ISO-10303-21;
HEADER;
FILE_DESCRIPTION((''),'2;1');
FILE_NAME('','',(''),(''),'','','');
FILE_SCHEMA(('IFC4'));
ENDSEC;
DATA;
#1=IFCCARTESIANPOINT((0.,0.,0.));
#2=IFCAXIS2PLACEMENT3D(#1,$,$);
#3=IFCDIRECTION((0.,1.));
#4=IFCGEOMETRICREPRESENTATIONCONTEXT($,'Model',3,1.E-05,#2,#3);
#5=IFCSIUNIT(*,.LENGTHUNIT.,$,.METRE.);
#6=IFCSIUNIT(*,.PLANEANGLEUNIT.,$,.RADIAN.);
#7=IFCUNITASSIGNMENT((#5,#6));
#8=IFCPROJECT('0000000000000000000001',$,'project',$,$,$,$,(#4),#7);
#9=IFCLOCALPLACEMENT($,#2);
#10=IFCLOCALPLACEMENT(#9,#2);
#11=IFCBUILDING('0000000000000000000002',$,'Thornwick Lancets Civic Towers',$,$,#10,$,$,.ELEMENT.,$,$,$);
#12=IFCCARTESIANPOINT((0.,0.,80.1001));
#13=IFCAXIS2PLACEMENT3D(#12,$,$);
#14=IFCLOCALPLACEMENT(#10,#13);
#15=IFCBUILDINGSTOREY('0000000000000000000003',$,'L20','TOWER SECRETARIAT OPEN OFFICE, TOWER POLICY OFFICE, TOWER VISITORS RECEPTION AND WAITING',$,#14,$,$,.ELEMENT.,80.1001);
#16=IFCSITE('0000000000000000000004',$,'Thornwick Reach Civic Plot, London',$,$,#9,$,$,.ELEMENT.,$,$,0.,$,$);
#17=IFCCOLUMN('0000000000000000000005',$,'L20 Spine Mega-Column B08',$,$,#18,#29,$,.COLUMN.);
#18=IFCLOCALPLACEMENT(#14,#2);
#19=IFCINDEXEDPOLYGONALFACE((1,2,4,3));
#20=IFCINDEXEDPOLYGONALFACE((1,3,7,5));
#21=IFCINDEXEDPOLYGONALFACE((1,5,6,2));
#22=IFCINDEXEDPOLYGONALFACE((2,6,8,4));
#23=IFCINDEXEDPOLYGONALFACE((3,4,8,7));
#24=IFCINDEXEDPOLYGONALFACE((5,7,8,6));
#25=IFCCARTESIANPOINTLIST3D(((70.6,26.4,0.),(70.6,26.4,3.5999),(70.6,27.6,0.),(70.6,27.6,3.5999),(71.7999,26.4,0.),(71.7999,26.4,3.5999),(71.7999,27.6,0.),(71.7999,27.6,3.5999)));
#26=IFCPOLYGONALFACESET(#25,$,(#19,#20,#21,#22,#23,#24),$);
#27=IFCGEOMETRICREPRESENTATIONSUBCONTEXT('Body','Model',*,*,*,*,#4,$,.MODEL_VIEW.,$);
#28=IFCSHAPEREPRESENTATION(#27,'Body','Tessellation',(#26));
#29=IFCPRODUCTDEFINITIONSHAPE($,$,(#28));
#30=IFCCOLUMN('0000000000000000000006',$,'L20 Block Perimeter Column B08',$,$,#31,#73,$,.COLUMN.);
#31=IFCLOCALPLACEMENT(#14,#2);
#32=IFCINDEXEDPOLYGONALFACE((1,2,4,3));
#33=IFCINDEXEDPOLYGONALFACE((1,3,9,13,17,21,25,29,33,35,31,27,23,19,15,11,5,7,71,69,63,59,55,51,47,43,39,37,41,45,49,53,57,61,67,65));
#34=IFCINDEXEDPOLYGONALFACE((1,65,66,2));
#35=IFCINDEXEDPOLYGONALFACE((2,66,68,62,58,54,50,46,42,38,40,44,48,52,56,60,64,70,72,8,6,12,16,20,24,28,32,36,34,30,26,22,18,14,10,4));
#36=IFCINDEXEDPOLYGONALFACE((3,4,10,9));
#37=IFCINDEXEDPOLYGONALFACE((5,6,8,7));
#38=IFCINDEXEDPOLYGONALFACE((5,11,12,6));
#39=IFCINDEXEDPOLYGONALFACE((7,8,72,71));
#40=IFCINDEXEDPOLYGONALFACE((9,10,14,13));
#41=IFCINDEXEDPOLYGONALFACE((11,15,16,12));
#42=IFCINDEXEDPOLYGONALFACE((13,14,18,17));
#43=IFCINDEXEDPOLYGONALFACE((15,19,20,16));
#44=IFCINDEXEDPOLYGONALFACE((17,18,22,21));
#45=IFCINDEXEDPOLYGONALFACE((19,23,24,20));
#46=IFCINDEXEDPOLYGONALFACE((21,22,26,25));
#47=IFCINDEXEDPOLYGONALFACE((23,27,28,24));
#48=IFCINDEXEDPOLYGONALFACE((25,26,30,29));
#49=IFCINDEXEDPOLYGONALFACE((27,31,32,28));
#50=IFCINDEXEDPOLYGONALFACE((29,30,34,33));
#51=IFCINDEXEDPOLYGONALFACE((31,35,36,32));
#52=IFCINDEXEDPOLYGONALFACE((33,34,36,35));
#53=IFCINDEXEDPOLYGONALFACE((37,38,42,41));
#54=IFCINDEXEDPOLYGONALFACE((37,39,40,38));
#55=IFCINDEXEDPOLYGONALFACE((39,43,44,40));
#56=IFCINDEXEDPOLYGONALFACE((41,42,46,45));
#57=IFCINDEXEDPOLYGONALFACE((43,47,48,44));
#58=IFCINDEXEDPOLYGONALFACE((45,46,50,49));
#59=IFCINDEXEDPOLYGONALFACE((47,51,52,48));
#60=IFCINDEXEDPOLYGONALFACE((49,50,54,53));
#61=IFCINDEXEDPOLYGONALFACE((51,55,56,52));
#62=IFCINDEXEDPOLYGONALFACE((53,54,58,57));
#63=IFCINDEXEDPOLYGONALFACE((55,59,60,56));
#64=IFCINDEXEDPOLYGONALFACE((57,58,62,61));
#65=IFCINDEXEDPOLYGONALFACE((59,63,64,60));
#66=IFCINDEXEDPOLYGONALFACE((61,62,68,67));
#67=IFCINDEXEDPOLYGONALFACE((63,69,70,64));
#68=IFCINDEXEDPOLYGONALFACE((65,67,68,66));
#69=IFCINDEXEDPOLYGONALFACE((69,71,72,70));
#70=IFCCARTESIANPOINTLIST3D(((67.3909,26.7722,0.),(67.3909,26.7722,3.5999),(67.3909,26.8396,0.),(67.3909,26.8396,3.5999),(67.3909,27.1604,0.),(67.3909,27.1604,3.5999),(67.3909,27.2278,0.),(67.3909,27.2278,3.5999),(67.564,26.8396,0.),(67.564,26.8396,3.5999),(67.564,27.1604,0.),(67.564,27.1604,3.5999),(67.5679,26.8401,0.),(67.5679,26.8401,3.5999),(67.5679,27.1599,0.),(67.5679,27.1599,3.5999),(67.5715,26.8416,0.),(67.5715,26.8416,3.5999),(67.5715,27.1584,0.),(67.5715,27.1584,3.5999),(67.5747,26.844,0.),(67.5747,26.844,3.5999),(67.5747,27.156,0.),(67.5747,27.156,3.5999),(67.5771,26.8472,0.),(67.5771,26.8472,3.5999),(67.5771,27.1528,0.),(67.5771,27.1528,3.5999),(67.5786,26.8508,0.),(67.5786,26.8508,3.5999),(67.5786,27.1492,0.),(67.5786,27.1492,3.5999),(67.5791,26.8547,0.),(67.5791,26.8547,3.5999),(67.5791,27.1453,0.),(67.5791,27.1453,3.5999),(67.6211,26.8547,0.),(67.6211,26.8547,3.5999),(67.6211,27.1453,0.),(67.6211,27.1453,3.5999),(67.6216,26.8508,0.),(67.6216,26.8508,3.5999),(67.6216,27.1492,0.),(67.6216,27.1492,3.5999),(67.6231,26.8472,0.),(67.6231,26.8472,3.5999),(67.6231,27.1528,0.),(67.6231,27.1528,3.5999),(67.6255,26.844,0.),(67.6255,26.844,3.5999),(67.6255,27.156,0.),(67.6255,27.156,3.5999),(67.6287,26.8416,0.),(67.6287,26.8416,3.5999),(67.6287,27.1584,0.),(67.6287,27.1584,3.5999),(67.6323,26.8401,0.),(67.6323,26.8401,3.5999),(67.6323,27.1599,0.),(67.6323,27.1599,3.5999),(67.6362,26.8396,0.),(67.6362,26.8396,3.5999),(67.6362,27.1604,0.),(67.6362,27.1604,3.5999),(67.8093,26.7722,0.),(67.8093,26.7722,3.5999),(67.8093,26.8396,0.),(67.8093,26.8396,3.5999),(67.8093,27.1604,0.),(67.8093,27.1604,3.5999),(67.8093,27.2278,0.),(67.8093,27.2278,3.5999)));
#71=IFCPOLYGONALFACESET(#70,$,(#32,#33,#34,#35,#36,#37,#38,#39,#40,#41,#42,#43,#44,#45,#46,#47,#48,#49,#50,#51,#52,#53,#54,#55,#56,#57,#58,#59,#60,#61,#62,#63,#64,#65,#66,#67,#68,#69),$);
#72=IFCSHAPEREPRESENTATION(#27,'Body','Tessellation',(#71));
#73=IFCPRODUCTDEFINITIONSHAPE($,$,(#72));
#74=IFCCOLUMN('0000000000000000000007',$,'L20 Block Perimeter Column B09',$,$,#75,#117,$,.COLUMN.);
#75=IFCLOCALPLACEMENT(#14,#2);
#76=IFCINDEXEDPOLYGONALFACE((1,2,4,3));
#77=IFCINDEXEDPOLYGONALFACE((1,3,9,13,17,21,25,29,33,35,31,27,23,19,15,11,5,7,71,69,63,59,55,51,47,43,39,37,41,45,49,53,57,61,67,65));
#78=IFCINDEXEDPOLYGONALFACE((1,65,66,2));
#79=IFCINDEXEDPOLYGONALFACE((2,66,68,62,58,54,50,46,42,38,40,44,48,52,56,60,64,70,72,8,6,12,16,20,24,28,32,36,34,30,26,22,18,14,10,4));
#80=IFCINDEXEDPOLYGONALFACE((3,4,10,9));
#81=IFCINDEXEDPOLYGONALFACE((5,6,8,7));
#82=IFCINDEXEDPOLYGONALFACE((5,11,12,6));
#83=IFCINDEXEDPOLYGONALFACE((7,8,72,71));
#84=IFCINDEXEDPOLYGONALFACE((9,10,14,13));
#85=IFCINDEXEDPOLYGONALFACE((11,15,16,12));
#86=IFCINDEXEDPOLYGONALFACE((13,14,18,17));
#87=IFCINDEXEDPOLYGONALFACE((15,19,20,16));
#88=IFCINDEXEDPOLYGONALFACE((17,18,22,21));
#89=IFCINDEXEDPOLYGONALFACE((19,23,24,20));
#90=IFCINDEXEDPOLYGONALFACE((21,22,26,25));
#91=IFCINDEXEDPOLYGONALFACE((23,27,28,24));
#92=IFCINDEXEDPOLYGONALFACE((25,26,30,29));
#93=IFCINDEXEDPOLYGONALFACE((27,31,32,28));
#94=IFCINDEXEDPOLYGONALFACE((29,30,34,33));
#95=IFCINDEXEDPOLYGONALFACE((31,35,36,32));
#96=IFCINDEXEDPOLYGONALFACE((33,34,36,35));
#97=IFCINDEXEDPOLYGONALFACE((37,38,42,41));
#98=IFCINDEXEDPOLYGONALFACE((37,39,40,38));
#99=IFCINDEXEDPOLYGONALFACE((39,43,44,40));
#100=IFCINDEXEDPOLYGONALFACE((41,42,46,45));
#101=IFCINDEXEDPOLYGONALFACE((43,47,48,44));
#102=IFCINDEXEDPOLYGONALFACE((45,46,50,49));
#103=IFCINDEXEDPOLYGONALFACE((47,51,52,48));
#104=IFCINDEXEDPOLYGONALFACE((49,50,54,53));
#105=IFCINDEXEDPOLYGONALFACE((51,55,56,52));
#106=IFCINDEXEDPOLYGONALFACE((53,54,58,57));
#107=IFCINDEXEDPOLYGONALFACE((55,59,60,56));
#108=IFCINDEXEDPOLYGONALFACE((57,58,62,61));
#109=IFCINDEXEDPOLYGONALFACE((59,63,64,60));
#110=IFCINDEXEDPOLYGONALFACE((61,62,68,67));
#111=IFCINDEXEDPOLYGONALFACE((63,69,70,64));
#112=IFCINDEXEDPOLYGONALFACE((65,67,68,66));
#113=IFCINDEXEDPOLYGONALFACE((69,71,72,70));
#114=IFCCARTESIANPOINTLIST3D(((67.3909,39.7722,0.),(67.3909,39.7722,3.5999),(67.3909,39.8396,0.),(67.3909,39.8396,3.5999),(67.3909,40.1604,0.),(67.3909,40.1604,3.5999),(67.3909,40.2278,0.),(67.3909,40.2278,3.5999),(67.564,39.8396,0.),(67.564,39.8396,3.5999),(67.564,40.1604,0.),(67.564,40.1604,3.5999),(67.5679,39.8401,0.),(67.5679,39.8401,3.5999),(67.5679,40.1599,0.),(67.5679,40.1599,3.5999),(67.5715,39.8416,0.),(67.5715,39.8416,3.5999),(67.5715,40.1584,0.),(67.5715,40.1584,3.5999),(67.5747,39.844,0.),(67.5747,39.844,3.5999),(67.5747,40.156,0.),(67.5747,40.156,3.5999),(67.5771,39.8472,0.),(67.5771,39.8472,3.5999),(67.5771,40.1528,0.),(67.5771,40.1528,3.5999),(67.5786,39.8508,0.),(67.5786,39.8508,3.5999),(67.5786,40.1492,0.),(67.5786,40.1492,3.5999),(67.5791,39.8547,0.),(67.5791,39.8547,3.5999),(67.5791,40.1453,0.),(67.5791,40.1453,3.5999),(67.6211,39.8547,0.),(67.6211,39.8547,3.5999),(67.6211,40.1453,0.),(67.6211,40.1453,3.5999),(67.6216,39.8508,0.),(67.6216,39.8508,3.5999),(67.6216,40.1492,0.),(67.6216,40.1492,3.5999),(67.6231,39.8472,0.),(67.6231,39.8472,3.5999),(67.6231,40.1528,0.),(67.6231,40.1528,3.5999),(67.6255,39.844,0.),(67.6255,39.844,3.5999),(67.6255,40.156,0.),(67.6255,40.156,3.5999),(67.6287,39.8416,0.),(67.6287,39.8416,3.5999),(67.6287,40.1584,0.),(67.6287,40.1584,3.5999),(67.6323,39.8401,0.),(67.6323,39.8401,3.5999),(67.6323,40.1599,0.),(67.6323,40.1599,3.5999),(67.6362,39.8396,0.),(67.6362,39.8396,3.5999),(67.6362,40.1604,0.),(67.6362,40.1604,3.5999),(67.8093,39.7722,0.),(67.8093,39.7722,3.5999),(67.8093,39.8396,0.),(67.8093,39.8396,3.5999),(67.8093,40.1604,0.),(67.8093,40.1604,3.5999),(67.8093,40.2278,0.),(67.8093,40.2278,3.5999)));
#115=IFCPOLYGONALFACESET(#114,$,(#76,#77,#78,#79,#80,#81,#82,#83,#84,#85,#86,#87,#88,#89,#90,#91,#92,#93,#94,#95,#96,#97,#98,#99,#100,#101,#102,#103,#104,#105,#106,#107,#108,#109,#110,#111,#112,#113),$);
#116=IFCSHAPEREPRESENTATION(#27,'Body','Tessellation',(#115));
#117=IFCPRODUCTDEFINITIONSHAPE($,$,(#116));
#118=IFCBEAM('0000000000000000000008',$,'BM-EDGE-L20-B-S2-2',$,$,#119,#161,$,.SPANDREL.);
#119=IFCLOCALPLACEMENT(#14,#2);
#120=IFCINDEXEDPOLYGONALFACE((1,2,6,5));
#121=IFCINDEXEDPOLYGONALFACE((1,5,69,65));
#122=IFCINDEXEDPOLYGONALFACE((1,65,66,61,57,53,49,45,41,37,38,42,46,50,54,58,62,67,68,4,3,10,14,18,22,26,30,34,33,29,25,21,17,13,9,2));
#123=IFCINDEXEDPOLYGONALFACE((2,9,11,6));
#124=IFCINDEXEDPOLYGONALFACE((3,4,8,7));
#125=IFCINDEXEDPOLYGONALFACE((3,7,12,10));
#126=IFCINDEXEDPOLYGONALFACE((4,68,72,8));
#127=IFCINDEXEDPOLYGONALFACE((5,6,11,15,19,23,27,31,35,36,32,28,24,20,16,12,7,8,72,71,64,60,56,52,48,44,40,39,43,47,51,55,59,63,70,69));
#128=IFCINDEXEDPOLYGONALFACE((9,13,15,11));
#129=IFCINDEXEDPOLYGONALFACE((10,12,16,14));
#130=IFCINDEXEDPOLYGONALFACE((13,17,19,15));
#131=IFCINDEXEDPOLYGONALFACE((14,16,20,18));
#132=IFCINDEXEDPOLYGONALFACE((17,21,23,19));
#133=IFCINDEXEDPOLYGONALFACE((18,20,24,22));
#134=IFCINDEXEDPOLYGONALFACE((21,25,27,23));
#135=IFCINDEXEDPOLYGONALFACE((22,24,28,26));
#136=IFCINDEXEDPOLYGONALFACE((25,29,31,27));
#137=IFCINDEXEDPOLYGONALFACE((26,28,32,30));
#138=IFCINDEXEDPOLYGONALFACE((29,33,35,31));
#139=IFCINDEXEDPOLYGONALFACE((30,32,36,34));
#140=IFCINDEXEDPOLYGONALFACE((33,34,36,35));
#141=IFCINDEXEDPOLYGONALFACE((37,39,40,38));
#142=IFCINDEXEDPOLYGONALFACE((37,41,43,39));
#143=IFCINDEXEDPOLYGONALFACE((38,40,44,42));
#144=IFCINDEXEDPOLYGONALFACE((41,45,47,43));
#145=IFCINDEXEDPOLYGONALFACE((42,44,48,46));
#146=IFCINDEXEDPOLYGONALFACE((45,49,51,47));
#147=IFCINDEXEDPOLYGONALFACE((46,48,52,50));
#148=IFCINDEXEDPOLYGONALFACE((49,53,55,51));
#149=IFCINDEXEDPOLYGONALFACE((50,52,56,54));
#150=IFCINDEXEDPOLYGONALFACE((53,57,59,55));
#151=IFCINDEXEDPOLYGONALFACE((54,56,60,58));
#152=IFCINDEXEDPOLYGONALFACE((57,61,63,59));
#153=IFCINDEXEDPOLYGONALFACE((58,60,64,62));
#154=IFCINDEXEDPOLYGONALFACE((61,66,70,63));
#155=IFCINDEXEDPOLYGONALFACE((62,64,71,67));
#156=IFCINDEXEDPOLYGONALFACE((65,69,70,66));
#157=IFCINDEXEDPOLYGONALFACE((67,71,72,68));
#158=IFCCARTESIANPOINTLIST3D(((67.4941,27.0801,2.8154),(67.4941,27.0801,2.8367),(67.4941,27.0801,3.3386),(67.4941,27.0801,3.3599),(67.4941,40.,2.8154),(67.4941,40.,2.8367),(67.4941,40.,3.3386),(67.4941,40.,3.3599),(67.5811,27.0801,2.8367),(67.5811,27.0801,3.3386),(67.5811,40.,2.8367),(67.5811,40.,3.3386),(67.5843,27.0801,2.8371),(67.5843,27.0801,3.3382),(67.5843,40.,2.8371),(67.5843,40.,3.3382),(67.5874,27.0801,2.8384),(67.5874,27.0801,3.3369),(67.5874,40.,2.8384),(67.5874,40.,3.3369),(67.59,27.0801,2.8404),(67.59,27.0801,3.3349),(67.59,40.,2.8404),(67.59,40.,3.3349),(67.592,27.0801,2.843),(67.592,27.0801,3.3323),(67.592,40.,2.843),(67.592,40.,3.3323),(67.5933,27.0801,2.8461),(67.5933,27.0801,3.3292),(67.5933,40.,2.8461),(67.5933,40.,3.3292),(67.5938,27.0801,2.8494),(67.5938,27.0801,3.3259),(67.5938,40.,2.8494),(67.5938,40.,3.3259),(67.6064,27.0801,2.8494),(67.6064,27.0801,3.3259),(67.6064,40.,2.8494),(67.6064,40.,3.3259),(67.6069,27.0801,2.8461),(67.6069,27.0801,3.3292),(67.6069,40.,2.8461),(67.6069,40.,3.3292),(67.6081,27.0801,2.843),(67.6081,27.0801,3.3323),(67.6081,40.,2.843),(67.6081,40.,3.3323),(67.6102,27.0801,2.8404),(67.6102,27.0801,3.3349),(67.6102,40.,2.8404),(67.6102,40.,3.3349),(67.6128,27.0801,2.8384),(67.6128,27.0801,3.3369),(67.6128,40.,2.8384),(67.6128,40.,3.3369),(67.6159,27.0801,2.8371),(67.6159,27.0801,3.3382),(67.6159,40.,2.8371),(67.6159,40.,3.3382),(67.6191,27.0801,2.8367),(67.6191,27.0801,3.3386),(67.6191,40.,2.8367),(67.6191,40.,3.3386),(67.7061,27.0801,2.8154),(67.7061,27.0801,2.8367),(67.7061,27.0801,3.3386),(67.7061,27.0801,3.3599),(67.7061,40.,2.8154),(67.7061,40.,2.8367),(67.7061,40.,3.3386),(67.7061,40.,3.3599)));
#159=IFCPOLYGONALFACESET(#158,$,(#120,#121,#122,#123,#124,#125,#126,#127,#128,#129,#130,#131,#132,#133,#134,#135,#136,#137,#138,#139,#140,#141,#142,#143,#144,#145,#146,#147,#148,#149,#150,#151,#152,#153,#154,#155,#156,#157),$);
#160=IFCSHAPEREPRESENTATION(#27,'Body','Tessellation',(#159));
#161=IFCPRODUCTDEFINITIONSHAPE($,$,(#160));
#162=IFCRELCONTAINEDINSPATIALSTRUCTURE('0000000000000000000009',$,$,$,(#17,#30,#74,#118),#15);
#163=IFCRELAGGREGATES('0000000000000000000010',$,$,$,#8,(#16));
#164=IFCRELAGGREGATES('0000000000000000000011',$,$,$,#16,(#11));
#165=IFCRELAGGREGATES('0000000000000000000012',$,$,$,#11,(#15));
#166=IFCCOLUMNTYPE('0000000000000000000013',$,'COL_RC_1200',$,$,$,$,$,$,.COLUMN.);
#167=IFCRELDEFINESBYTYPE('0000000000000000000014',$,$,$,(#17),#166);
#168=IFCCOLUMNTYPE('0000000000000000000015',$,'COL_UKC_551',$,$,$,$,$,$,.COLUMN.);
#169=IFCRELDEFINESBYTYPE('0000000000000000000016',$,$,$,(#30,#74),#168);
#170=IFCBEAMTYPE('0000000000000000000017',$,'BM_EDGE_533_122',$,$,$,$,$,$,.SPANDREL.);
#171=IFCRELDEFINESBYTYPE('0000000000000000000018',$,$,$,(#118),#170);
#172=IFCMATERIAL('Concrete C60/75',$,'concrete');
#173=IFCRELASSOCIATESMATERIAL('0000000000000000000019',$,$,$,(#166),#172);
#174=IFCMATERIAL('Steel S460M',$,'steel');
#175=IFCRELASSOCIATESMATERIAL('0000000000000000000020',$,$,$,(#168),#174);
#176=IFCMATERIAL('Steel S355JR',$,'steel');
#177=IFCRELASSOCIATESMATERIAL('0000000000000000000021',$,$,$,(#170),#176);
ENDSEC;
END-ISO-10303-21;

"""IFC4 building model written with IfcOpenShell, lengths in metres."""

from ifc_helpers import new_model, si_unit, direction, frame, origin, origin_2d, place, context, subcontext, project, spatial, rectangle, i_section, extrude, material, material_profile, profile_set, type_object, element, save


model = new_model("IFC4")

# Units and contexts
model_context = context("Model", 3, precision=1e-05, world=origin(), true_north=direction((0.0, 1.0)))
body_context = subcontext(model_context, "Body", "Model", "MODEL_VIEW")
ifc_project = project(units=[si_unit("LENGTHUNIT", "METRE"), si_unit("PLANEANGLEUNIT", "RADIAN")], contexts=[model_context])

# Site, building, storey
site_placement = place(None, origin())
site = spatial("IfcSite", under=ifc_project, at=site_placement, Name="Thornwick Reach Civic Plot, London", CompositionType="ELEMENT", RefElevation=0.0)
building_placement = place(site_placement, origin())
building = spatial("IfcBuilding", under=site, at=building_placement, Name="Thornwick Lancets Civic Towers", CompositionType="ELEMENT")
storey_placement = place(building_placement, frame((0.0, 0.0, 80.1001)))
storey = spatial("IfcBuildingStorey", under=building, at=storey_placement, Name="L20", Description="TOWER SECRETARIAT OPEN OFFICE, TOWER POLICY OFFICE, TOWER VISITORS RECEPTION AND WAITING", CompositionType="ELEMENT", Elevation=80.1001)

# Columns
ifc_material_1 = material(Name="Concrete C60/75", Category="concrete")
ifc_material_profile_1 = material_profile(ifc_material_1, rectangle(XDim=1.2, YDim=1.2, at=origin_2d()), Name="RC 1200x1200")
ifc_profile_set_1 = profile_set([ifc_material_profile_1], Name="Concrete C60/75")
column_type_1 = type_object("IfcColumnType", Name="COL_RC_1200", PredefinedType="COLUMN", material=ifc_profile_set_1)
column_placement = place(storey_placement, frame((71.2, 27.0, 0.0), z_axis=(0.0, 0.0, 1.0), x_axis=(1.0, 0.0, 0.0)))
element("IfcColumn", 1, at=column_placement, inside=storey, type_object=column_type_1, Name="L20 Spine Mega-Column B08", PredefinedType="COLUMN", context=body_context, shape_type="SweptSolid", body=[
    extrude(rectangle(XDim=1.2, YDim=1.2, at=origin_2d()), origin(), (0.0, 0.0, 1.0), 3.5999),
])
ifc_material_2 = material(Name="Steel S460M", Category="steel")
ifc_material_profile_2 = material_profile(ifc_material_2, i_section(OverallWidth=0.4185, OverallDepth=0.4556, WebThickness=0.042, FlangeThickness=0.0674, FilletRadius=0.0151, at=origin_2d()), Name="UKC 356x406x551")
ifc_profile_set_2 = profile_set([ifc_material_profile_2], Name="Steel S460M")
column_type_2 = type_object("IfcColumnType", Name="COL_UKC_551", PredefinedType="COLUMN", material=ifc_profile_set_2)
for number, where, z_axis, x_axis, name in (
    (2, (67.6001, 27.0, 0.0), (0.0, 0.0, 1.0), (1.0, 0.0, 0.0), "L20 Block Perimeter Column B08"),
    (3, (67.6001, 40.0, 0.0), (0.0, 0.0, 1.0), (1.0, 0.0, 0.0), "L20 Block Perimeter Column B09"),
):
    element("IfcColumn", number, at=place(storey_placement, frame(where, z_axis=z_axis, x_axis=x_axis)), inside=storey, type_object=column_type_2, Name=name, PredefinedType="COLUMN", context=body_context, shape_type="SweptSolid", body=[
        extrude(i_section(OverallWidth=0.4185, OverallDepth=0.4556, WebThickness=0.042, FlangeThickness=0.0674, FilletRadius=0.0151, at=origin_2d()), origin(), (0.0, 0.0, 1.0), 3.5999),
    ])

# Beam
ifc_material_3 = material(Name="Steel S355JR", Category="steel")
ifc_material_profile_3 = material_profile(ifc_material_3, i_section(OverallWidth=0.2119, OverallDepth=0.5444, WebThickness=0.0127, FlangeThickness=0.0212, FilletRadius=0.0127, at=origin_2d()), Name="UKB 533x210x122")
ifc_profile_set_3 = profile_set([ifc_material_profile_3], Name="Steel S355JR")
beam_type_1 = type_object("IfcBeamType", Name="BM_EDGE_533_122", PredefinedType="SPANDREL", material=ifc_profile_set_3)
beam_1_placement = place(storey_placement, frame((67.6001, 27.0801, 3.0876), z_axis=(0.0, 1.0, 0.0), x_axis=(-1.0, 0.0, 0.0)))
element("IfcBeam", 4, at=beam_1_placement, inside=storey, type_object=beam_type_1, Name="BM-EDGE-L20-B-S2-2", PredefinedType="SPANDREL", context=body_context, shape_type="SweptSolid", body=[
    extrude(i_section(OverallWidth=0.2119, OverallDepth=0.5444, WebThickness=0.0127, FlangeThickness=0.0212, FilletRadius=0.0127, at=origin_2d()), origin(), (0.0, 0.0, 1.0), 12.9199),
])

save(model, "model.ifc")
